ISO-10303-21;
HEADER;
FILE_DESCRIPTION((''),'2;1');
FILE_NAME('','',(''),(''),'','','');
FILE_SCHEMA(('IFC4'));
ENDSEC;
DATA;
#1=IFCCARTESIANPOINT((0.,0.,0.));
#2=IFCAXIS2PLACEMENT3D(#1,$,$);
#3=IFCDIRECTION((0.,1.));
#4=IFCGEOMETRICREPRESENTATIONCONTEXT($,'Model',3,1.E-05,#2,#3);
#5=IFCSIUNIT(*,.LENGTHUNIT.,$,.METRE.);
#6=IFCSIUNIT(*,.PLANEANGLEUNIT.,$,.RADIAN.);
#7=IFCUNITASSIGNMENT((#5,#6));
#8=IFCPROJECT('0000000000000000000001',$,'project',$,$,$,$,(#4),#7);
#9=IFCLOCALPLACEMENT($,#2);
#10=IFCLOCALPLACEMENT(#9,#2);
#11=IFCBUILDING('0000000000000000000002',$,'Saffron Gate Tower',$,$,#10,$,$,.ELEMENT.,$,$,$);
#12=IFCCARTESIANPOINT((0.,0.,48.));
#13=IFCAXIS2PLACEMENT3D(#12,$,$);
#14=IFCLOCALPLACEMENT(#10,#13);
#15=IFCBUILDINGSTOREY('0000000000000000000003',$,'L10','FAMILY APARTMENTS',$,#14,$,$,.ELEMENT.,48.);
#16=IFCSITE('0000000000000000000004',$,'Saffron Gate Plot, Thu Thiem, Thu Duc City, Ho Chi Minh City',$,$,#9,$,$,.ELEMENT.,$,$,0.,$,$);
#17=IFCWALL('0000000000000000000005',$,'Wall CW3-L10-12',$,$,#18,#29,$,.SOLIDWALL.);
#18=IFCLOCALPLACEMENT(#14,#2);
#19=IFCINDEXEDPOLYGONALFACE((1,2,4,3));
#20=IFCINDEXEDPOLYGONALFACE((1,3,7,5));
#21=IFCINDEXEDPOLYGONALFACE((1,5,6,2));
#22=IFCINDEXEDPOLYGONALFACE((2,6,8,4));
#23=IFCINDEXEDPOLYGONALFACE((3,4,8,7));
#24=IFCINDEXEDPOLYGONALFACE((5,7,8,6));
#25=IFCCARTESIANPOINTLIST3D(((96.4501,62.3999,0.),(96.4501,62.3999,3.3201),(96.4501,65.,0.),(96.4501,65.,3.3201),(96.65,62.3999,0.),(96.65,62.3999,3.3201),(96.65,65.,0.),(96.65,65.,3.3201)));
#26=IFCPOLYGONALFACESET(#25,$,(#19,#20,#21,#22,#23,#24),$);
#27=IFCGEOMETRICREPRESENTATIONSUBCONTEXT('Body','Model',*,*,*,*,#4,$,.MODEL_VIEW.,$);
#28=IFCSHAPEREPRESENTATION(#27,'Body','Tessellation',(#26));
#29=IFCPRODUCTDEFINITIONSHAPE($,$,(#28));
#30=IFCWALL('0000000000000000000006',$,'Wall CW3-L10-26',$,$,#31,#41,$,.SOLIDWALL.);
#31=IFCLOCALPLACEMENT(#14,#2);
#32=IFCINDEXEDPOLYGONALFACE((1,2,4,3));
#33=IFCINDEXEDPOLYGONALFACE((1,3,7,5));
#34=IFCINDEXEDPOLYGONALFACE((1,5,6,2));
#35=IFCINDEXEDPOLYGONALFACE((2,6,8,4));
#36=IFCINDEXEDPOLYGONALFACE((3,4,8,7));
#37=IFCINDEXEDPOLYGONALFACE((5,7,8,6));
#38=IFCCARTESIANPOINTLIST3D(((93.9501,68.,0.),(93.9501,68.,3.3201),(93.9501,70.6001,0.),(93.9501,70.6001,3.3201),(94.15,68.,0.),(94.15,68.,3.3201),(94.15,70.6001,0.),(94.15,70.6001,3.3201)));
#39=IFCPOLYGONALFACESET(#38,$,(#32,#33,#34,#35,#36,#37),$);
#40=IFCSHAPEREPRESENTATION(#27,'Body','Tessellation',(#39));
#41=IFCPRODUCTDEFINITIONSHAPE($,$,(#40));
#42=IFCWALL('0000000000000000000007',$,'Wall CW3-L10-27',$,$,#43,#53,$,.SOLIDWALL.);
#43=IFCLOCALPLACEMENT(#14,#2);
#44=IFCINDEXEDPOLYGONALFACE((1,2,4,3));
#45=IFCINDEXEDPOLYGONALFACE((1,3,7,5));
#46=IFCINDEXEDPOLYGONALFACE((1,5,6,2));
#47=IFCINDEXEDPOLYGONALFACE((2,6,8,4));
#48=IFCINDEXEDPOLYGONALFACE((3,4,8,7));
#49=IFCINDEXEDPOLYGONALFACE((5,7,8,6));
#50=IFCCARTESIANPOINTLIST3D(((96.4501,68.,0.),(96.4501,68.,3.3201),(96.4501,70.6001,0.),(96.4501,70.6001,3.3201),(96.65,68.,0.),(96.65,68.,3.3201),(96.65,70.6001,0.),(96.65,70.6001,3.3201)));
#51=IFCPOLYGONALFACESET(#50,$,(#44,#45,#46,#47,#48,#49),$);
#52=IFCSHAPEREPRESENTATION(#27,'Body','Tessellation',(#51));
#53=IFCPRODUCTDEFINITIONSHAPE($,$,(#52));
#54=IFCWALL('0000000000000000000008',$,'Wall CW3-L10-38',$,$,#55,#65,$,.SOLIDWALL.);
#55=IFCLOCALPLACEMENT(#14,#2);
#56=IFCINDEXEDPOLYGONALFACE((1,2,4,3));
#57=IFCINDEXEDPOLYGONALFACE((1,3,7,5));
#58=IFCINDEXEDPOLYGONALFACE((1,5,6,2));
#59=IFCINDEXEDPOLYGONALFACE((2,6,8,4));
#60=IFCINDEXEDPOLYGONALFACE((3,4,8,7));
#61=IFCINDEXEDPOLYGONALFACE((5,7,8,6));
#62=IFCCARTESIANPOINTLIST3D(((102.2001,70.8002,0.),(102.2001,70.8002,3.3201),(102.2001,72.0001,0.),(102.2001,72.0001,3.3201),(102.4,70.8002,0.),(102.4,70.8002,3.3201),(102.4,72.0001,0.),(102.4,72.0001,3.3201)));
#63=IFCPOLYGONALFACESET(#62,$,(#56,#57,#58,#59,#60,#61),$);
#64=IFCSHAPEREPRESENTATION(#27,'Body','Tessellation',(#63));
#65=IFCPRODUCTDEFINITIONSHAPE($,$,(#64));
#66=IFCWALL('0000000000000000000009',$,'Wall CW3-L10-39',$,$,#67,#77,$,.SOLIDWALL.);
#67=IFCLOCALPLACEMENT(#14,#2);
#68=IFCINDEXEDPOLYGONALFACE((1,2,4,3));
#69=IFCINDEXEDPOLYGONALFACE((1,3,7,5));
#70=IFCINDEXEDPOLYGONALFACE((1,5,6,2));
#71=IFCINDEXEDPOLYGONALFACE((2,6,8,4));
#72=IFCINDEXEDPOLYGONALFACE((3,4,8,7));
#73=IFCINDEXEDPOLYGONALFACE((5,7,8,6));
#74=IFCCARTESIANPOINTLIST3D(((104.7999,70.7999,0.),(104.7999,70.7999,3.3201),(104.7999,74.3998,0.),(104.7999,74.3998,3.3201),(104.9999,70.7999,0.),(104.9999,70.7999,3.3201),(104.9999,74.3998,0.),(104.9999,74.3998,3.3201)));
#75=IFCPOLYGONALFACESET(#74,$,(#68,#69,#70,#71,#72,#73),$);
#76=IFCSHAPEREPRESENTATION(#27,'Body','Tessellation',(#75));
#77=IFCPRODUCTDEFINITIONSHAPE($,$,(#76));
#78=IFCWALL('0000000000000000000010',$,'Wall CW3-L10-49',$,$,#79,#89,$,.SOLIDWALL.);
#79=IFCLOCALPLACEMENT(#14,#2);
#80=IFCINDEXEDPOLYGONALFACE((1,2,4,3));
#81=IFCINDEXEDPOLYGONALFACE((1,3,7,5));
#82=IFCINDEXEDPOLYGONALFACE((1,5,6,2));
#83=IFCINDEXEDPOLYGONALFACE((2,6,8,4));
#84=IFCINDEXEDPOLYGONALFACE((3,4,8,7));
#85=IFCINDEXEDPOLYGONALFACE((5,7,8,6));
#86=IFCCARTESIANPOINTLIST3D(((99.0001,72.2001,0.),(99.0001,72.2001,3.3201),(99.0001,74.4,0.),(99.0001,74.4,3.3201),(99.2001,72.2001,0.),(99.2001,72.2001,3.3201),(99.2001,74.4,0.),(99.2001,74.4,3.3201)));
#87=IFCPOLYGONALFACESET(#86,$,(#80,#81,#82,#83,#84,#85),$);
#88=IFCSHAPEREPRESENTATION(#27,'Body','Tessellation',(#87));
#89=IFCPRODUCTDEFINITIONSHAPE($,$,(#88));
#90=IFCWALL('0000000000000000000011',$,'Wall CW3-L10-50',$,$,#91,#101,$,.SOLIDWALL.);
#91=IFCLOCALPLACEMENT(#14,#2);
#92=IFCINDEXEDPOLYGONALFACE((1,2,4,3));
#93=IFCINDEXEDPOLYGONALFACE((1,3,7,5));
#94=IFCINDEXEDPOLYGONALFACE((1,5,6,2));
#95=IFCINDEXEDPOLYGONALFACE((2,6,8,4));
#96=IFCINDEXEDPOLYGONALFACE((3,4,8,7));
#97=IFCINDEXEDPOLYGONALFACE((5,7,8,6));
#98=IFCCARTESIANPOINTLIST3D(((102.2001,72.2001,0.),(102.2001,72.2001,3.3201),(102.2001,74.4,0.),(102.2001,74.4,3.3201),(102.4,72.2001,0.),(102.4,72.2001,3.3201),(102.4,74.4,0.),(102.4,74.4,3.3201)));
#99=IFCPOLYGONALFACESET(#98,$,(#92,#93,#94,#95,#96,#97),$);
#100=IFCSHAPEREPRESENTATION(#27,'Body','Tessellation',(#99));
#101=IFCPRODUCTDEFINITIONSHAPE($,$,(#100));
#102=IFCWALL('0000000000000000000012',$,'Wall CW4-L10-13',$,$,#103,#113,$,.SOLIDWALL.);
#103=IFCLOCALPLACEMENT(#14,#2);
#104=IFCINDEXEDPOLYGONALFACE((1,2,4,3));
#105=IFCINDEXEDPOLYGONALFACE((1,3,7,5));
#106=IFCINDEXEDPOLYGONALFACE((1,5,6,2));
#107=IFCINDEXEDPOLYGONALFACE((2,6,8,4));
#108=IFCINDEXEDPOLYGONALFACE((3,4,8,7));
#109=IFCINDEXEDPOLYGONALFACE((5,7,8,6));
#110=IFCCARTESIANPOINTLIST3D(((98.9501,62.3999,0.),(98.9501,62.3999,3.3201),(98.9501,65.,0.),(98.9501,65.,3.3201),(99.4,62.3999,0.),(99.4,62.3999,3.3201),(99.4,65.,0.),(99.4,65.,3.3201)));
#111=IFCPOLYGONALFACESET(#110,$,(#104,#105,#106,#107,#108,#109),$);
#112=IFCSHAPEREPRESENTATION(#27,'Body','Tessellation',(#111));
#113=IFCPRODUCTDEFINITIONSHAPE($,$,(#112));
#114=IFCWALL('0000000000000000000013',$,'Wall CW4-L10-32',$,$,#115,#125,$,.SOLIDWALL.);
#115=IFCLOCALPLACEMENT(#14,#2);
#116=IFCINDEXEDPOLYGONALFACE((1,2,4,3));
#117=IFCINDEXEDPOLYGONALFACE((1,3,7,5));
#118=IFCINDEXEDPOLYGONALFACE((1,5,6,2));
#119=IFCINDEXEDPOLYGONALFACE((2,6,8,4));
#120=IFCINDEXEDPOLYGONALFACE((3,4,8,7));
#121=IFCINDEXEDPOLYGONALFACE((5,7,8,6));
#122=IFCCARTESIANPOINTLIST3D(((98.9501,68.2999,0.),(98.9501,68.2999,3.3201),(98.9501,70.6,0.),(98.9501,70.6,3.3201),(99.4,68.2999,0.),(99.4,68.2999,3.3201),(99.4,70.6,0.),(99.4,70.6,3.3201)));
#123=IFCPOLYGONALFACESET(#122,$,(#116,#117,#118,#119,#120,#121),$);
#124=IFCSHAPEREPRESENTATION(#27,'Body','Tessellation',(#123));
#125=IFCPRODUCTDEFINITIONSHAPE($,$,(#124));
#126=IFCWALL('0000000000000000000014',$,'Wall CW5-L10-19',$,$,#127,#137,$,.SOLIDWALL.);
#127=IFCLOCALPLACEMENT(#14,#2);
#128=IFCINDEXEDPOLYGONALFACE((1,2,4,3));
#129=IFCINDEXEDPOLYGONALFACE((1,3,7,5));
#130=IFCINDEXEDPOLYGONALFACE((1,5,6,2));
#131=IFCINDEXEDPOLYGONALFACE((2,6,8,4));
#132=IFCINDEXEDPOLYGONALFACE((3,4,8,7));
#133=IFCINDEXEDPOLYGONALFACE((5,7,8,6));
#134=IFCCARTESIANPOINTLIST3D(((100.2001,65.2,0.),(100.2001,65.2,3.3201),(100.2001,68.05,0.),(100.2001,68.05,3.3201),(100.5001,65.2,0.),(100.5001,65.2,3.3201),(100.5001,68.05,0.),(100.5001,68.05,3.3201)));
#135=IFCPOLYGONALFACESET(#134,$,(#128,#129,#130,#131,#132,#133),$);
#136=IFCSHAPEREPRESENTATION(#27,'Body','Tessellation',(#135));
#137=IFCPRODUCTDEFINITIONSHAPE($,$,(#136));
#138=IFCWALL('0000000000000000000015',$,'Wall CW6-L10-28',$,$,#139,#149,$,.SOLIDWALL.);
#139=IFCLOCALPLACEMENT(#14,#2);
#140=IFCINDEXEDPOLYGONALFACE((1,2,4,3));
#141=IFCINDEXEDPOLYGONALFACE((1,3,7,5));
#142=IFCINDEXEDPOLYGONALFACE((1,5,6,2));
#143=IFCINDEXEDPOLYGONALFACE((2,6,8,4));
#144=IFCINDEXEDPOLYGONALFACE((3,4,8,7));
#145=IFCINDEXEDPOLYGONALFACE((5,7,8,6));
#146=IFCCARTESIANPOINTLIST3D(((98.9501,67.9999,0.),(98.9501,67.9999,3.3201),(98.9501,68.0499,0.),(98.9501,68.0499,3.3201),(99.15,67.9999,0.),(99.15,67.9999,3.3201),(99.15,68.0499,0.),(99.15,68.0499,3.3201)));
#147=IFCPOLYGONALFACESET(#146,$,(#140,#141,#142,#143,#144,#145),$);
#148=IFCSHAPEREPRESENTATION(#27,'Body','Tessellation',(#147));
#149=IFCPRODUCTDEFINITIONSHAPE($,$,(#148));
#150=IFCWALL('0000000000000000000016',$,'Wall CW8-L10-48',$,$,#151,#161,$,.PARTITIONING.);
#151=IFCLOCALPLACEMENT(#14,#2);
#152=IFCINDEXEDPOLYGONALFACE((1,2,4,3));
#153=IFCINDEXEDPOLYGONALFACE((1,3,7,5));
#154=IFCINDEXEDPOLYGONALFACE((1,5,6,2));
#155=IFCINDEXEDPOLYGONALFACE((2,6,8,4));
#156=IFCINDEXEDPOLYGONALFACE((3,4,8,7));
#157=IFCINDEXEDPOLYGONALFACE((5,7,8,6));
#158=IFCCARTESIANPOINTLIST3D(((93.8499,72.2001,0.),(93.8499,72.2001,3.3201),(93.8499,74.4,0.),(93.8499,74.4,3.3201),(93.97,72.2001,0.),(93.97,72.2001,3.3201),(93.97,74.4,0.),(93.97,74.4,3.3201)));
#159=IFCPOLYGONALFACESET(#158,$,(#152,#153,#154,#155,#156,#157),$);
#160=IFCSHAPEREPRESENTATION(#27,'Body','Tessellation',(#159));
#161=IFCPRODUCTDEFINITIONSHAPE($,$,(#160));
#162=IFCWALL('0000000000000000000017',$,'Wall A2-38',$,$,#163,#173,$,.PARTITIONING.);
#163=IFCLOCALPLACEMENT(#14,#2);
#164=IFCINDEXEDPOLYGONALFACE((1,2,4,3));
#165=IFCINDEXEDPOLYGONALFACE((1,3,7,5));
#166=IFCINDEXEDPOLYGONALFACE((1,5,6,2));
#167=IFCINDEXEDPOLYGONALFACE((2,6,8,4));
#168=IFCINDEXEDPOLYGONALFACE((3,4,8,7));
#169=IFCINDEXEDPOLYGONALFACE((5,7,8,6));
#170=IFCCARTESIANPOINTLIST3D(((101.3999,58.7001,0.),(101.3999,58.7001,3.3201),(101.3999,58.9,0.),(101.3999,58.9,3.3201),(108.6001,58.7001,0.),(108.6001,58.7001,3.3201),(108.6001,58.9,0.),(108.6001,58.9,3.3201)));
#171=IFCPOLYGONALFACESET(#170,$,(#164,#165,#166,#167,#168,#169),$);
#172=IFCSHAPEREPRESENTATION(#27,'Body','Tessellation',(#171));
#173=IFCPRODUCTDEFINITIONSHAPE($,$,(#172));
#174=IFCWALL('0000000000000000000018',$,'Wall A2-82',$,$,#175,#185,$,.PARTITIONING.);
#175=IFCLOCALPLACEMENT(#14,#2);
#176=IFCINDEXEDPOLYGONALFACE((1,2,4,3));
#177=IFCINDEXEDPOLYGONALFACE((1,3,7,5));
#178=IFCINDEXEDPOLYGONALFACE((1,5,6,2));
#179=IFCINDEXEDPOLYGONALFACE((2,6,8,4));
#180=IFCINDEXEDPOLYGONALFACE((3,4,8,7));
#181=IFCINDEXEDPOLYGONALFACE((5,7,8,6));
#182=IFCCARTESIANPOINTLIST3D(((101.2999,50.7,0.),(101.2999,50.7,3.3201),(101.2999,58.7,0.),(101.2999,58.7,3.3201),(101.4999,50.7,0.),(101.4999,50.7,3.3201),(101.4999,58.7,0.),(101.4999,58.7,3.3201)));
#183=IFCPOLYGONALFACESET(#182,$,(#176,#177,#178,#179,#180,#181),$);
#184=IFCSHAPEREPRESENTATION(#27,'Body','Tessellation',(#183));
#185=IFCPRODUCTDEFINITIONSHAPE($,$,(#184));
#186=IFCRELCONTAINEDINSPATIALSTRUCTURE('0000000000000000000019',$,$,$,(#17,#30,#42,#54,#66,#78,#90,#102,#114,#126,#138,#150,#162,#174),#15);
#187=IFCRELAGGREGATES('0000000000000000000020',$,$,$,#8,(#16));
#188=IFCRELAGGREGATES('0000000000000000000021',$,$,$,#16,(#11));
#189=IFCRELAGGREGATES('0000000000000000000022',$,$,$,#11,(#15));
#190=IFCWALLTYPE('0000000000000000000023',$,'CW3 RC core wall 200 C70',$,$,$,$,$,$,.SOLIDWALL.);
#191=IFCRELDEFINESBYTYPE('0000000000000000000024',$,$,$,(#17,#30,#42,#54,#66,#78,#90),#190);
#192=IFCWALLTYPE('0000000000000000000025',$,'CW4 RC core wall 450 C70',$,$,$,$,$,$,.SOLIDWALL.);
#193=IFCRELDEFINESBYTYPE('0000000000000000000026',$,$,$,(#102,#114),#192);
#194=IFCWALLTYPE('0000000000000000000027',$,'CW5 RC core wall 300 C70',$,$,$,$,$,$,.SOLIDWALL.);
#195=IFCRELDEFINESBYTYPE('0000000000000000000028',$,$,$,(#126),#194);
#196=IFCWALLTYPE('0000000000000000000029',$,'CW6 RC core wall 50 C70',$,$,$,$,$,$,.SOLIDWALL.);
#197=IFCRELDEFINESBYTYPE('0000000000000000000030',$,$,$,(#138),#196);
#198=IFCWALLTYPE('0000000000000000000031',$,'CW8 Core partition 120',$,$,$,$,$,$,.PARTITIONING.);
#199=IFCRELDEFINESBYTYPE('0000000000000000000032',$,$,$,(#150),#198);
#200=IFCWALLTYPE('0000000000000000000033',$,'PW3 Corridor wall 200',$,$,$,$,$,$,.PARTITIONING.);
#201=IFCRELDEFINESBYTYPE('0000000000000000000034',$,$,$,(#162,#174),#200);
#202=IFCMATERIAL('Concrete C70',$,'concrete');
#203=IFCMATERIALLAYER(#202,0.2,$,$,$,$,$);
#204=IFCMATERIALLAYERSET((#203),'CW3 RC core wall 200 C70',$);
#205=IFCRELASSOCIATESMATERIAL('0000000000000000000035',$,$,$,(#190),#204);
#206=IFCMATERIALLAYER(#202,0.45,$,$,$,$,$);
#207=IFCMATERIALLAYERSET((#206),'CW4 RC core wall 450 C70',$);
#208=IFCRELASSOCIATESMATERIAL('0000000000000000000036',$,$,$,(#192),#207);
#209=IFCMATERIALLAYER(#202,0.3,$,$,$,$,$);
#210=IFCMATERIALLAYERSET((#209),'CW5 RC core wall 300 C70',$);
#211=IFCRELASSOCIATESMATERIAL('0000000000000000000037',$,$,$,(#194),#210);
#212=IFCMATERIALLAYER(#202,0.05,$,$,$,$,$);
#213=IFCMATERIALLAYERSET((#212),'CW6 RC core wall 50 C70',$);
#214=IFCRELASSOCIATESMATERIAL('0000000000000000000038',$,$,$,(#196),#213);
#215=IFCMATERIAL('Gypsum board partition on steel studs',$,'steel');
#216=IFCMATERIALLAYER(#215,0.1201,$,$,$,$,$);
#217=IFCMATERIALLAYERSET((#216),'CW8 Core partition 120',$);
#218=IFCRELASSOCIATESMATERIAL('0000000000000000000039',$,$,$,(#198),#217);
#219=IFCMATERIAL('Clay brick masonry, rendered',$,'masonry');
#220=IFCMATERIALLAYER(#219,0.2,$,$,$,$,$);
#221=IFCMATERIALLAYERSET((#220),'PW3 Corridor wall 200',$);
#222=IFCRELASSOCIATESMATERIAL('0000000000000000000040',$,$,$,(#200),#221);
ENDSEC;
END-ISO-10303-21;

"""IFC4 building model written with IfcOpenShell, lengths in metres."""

from ifc_helpers import new_model, si_unit, direction, frame, frame_2d, origin, place, context, subcontext, project, spatial, rectangle, extrude, material, layer, layer_set, type_object, element, save


model = new_model("IFC4")

# Units and contexts
model_context = context("Model", 3, precision=1e-05, world=origin(), true_north=direction((0.0, 1.0)))
body_context = subcontext(model_context, "Body", "Model", "MODEL_VIEW")
ifc_project = project(units=[si_unit("LENGTHUNIT", "METRE"), si_unit("PLANEANGLEUNIT", "RADIAN")], contexts=[model_context])

# Site, building, storey
site_placement = place(None, origin())
site = spatial("IfcSite", under=ifc_project, at=site_placement, Name="Saffron Gate Plot, Thu Thiem, Thu Duc City, Ho Chi Minh City", CompositionType="ELEMENT", RefElevation=0.0)
building_placement = place(site_placement, origin())
building = spatial("IfcBuilding", under=site, at=building_placement, Name="Saffron Gate Tower", CompositionType="ELEMENT")
storey_placement = place(building_placement, frame((0.0, 0.0, 48.0)))
storey = spatial("IfcBuildingStorey", under=building, at=storey_placement, Name="L10", Description="FAMILY APARTMENTS", CompositionType="ELEMENT", Elevation=48.0)

# Shared definitions
ifc_material_1 = material(Name="Concrete C70", Category="concrete")

# Walls
ifc_layer_1 = layer(ifc_material_1, 0.2)
ifc_layer_set_1 = layer_set([ifc_layer_1], Name="CW3 RC core wall 200 C70")
wall_type_1 = type_object("IfcWallType", Name="CW3 RC core wall 200 C70", PredefinedType="SOLIDWALL", material=ifc_layer_set_1)
for number, where, z_axis, x_axis, name in (
    (1, (96.55, 62.3999, 0.0), (0.0, 0.0, 1.0), (0.0, 1.0, 0.0), "Wall CW3-L10-12"),
    (2, (94.05, 68.0, 0.0), (0.0, 0.0, 1.0), (0.0, 1.0, 0.0), "Wall CW3-L10-26"),
    (3, (96.55, 68.0, 0.0), (0.0, 0.0, 1.0), (0.0, 1.0, 0.0), "Wall CW3-L10-27"),
):
    element("IfcWall", number, at=place(storey_placement, frame(where, z_axis=z_axis, x_axis=x_axis)), inside=storey, type_object=wall_type_1, Name=name, PredefinedType="SOLIDWALL", context=body_context, shape_type="SweptSolid", body=[
        extrude(rectangle(XDim=2.6001, YDim=0.2, at=frame_2d((1.3, 0.0))), origin(), (0.0, 0.0, 1.0), 3.3201),
    ])
wall_1_placement = place(storey_placement, frame((102.3, 70.8, 0.0), z_axis=(0.0, 0.0, 1.0), x_axis=(0.0, 1.0, 0.0)))
element("IfcWall", 4, at=wall_1_placement, inside=storey, type_object=wall_type_1, Name="Wall CW3-L10-38", PredefinedType="SOLIDWALL", context=body_context, shape_type="SweptSolid", body=[
    extrude(rectangle(XDim=1.2, YDim=0.2, at=frame_2d((0.6001, 0.0))), origin(), (0.0, 0.0, 1.0), 3.3201),
])
wall_2_placement = place(storey_placement, frame((104.8999, 70.8, 0.0), z_axis=(0.0, 0.0, 1.0), x_axis=(0.0, 1.0, 0.0)))
element("IfcWall", 5, at=wall_2_placement, inside=storey, type_object=wall_type_1, Name="Wall CW3-L10-39", PredefinedType="SOLIDWALL", context=body_context, shape_type="SweptSolid", body=[
    extrude(rectangle(XDim=3.5999, YDim=0.2, at=frame_2d((1.7998, 0.0))), origin(), (0.0, 0.0, 1.0), 3.3201),
])
for number, where, z_axis, x_axis, name in (
    (6, (99.1001, 72.2, 0.0), (0.0, 0.0, 1.0), (0.0, 1.0, 0.0), "Wall CW3-L10-49"),
    (7, (102.3, 72.2, 0.0), (0.0, 0.0, 1.0), (0.0, 1.0, 0.0), "Wall CW3-L10-50"),
):
    element("IfcWall", number, at=place(storey_placement, frame(where, z_axis=z_axis, x_axis=x_axis)), inside=storey, type_object=wall_type_1, Name=name, PredefinedType="SOLIDWALL", context=body_context, shape_type="SweptSolid", body=[
        extrude(rectangle(XDim=2.2, YDim=0.2, at=frame_2d((1.1001, 0.0))), origin(), (0.0, 0.0, 1.0), 3.3201),
    ])
ifc_layer_2 = layer(ifc_material_1, 0.45)
ifc_layer_set_2 = layer_set([ifc_layer_2], Name="CW4 RC core wall 450 C70")
wall_type_2 = type_object("IfcWallType", Name="CW4 RC core wall 450 C70", PredefinedType="SOLIDWALL", material=ifc_layer_set_2)
wall_3_placement = place(storey_placement, frame((99.175, 62.3999, 0.0), z_axis=(0.0, 0.0, 1.0), x_axis=(0.0, 1.0, 0.0)))
element("IfcWall", 8, at=wall_3_placement, inside=storey, type_object=wall_type_2, Name="Wall CW4-L10-13", PredefinedType="SOLIDWALL", context=body_context, shape_type="SweptSolid", body=[
    extrude(rectangle(XDim=2.6001, YDim=0.45, at=frame_2d((1.3, 0.0))), origin(), (0.0, 0.0, 1.0), 3.3201),
])
wall_4_placement = place(storey_placement, frame((99.175, 68.3, 0.0), z_axis=(0.0, 0.0, 1.0), x_axis=(0.0, 1.0, 0.0)))
element("IfcWall", 9, at=wall_4_placement, inside=storey, type_object=wall_type_2, Name="Wall CW4-L10-32", PredefinedType="SOLIDWALL", context=body_context, shape_type="SweptSolid", body=[
    extrude(rectangle(XDim=2.3, YDim=0.45, at=frame_2d((1.1499, 0.0))), origin(), (0.0, 0.0, 1.0), 3.3201),
])
ifc_layer_3 = layer(ifc_material_1, 0.3)
ifc_layer_set_3 = layer_set([ifc_layer_3], Name="CW5 RC core wall 300 C70")
wall_type_3 = type_object("IfcWallType", Name="CW5 RC core wall 300 C70", PredefinedType="SOLIDWALL", material=ifc_layer_set_3)
wall_5_placement = place(storey_placement, frame((100.3501, 65.2, 0.0), z_axis=(0.0, 0.0, 1.0), x_axis=(0.0, 1.0, 0.0)))
element("IfcWall", 10, at=wall_5_placement, inside=storey, type_object=wall_type_3, Name="Wall CW5-L10-19", PredefinedType="SOLIDWALL", context=body_context, shape_type="SweptSolid", body=[
    extrude(rectangle(XDim=2.8501, YDim=0.3, at=frame_2d((1.425, 0.0))), origin(), (0.0, 0.0, 1.0), 3.3201),
])
ifc_layer_4 = layer(ifc_material_1, 0.05)
ifc_layer_set_4 = layer_set([ifc_layer_4], Name="CW6 RC core wall 50 C70")
wall_type_4 = type_object("IfcWallType", Name="CW6 RC core wall 50 C70", PredefinedType="SOLIDWALL", material=ifc_layer_set_4)
wall_6_placement = place(storey_placement, frame((98.95, 68.0249, 0.0), z_axis=(0.0, 0.0, 1.0), x_axis=(1.0, 0.0, 0.0)))
element("IfcWall", 11, at=wall_6_placement, inside=storey, type_object=wall_type_4, Name="Wall CW6-L10-28", PredefinedType="SOLIDWALL", context=body_context, shape_type="SweptSolid", body=[
    extrude(rectangle(XDim=0.2, YDim=0.05, at=frame_2d((0.1001, 0.0))), origin(), (0.0, 0.0, 1.0), 3.3201),
])
ifc_material_2 = material(Name="Gypsum board partition on steel studs", Category="steel")
ifc_layer_5 = layer(ifc_material_2, 0.1201)
ifc_layer_set_5 = layer_set([ifc_layer_5], Name="CW8 Core partition 120")
wall_type_5 = type_object("IfcWallType", Name="CW8 Core partition 120", PredefinedType="PARTITIONING", material=ifc_layer_set_5)
wall_7_placement = place(storey_placement, frame((93.9099, 72.2, 0.0), z_axis=(0.0, 0.0, 1.0), x_axis=(0.0, 1.0, 0.0)))
element("IfcWall", 12, at=wall_7_placement, inside=storey, type_object=wall_type_5, Name="Wall CW8-L10-48", PredefinedType="PARTITIONING", context=body_context, shape_type="SweptSolid", body=[
    extrude(rectangle(XDim=2.2, YDim=0.1201, at=frame_2d((1.1001, 0.0))), origin(), (0.0, 0.0, 1.0), 3.3201),
])
ifc_material_3 = material(Name="Clay brick masonry, rendered", Category="masonry")
ifc_layer_6 = layer(ifc_material_3, 0.2)
ifc_layer_set_6 = layer_set([ifc_layer_6], Name="PW3 Corridor wall 200")
wall_type_6 = type_object("IfcWallType", Name="PW3 Corridor wall 200", PredefinedType="PARTITIONING", material=ifc_layer_set_6)
wall_8_placement = place(storey_placement, frame((101.3999, 58.8, 0.0), z_axis=(0.0, 0.0, 1.0), x_axis=(1.0, 0.0, 0.0)))
element("IfcWall", 13, at=wall_8_placement, inside=storey, type_object=wall_type_6, Name="Wall A2-38", PredefinedType="PARTITIONING", context=body_context, shape_type="SweptSolid", body=[
    extrude(rectangle(XDim=7.2002, YDim=0.2, at=frame_2d((3.6001, 0.0))), origin(), (0.0, 0.0, 1.0), 3.3201),
])
wall_9_placement = place(storey_placement, frame((101.3999, 58.7, 0.0), z_axis=(0.0, 0.0, 1.0), x_axis=(0.0, -1.0, 0.0)))
element("IfcWall", 14, at=wall_9_placement, inside=storey, type_object=wall_type_6, Name="Wall A2-82", PredefinedType="PARTITIONING", context=body_context, shape_type="SweptSolid", body=[
    extrude(rectangle(XDim=8.0, YDim=0.2, at=frame_2d((4.0, 0.0))), origin(), (0.0, 0.0, 1.0), 3.3201),
])

save(model, "model.ifc")
